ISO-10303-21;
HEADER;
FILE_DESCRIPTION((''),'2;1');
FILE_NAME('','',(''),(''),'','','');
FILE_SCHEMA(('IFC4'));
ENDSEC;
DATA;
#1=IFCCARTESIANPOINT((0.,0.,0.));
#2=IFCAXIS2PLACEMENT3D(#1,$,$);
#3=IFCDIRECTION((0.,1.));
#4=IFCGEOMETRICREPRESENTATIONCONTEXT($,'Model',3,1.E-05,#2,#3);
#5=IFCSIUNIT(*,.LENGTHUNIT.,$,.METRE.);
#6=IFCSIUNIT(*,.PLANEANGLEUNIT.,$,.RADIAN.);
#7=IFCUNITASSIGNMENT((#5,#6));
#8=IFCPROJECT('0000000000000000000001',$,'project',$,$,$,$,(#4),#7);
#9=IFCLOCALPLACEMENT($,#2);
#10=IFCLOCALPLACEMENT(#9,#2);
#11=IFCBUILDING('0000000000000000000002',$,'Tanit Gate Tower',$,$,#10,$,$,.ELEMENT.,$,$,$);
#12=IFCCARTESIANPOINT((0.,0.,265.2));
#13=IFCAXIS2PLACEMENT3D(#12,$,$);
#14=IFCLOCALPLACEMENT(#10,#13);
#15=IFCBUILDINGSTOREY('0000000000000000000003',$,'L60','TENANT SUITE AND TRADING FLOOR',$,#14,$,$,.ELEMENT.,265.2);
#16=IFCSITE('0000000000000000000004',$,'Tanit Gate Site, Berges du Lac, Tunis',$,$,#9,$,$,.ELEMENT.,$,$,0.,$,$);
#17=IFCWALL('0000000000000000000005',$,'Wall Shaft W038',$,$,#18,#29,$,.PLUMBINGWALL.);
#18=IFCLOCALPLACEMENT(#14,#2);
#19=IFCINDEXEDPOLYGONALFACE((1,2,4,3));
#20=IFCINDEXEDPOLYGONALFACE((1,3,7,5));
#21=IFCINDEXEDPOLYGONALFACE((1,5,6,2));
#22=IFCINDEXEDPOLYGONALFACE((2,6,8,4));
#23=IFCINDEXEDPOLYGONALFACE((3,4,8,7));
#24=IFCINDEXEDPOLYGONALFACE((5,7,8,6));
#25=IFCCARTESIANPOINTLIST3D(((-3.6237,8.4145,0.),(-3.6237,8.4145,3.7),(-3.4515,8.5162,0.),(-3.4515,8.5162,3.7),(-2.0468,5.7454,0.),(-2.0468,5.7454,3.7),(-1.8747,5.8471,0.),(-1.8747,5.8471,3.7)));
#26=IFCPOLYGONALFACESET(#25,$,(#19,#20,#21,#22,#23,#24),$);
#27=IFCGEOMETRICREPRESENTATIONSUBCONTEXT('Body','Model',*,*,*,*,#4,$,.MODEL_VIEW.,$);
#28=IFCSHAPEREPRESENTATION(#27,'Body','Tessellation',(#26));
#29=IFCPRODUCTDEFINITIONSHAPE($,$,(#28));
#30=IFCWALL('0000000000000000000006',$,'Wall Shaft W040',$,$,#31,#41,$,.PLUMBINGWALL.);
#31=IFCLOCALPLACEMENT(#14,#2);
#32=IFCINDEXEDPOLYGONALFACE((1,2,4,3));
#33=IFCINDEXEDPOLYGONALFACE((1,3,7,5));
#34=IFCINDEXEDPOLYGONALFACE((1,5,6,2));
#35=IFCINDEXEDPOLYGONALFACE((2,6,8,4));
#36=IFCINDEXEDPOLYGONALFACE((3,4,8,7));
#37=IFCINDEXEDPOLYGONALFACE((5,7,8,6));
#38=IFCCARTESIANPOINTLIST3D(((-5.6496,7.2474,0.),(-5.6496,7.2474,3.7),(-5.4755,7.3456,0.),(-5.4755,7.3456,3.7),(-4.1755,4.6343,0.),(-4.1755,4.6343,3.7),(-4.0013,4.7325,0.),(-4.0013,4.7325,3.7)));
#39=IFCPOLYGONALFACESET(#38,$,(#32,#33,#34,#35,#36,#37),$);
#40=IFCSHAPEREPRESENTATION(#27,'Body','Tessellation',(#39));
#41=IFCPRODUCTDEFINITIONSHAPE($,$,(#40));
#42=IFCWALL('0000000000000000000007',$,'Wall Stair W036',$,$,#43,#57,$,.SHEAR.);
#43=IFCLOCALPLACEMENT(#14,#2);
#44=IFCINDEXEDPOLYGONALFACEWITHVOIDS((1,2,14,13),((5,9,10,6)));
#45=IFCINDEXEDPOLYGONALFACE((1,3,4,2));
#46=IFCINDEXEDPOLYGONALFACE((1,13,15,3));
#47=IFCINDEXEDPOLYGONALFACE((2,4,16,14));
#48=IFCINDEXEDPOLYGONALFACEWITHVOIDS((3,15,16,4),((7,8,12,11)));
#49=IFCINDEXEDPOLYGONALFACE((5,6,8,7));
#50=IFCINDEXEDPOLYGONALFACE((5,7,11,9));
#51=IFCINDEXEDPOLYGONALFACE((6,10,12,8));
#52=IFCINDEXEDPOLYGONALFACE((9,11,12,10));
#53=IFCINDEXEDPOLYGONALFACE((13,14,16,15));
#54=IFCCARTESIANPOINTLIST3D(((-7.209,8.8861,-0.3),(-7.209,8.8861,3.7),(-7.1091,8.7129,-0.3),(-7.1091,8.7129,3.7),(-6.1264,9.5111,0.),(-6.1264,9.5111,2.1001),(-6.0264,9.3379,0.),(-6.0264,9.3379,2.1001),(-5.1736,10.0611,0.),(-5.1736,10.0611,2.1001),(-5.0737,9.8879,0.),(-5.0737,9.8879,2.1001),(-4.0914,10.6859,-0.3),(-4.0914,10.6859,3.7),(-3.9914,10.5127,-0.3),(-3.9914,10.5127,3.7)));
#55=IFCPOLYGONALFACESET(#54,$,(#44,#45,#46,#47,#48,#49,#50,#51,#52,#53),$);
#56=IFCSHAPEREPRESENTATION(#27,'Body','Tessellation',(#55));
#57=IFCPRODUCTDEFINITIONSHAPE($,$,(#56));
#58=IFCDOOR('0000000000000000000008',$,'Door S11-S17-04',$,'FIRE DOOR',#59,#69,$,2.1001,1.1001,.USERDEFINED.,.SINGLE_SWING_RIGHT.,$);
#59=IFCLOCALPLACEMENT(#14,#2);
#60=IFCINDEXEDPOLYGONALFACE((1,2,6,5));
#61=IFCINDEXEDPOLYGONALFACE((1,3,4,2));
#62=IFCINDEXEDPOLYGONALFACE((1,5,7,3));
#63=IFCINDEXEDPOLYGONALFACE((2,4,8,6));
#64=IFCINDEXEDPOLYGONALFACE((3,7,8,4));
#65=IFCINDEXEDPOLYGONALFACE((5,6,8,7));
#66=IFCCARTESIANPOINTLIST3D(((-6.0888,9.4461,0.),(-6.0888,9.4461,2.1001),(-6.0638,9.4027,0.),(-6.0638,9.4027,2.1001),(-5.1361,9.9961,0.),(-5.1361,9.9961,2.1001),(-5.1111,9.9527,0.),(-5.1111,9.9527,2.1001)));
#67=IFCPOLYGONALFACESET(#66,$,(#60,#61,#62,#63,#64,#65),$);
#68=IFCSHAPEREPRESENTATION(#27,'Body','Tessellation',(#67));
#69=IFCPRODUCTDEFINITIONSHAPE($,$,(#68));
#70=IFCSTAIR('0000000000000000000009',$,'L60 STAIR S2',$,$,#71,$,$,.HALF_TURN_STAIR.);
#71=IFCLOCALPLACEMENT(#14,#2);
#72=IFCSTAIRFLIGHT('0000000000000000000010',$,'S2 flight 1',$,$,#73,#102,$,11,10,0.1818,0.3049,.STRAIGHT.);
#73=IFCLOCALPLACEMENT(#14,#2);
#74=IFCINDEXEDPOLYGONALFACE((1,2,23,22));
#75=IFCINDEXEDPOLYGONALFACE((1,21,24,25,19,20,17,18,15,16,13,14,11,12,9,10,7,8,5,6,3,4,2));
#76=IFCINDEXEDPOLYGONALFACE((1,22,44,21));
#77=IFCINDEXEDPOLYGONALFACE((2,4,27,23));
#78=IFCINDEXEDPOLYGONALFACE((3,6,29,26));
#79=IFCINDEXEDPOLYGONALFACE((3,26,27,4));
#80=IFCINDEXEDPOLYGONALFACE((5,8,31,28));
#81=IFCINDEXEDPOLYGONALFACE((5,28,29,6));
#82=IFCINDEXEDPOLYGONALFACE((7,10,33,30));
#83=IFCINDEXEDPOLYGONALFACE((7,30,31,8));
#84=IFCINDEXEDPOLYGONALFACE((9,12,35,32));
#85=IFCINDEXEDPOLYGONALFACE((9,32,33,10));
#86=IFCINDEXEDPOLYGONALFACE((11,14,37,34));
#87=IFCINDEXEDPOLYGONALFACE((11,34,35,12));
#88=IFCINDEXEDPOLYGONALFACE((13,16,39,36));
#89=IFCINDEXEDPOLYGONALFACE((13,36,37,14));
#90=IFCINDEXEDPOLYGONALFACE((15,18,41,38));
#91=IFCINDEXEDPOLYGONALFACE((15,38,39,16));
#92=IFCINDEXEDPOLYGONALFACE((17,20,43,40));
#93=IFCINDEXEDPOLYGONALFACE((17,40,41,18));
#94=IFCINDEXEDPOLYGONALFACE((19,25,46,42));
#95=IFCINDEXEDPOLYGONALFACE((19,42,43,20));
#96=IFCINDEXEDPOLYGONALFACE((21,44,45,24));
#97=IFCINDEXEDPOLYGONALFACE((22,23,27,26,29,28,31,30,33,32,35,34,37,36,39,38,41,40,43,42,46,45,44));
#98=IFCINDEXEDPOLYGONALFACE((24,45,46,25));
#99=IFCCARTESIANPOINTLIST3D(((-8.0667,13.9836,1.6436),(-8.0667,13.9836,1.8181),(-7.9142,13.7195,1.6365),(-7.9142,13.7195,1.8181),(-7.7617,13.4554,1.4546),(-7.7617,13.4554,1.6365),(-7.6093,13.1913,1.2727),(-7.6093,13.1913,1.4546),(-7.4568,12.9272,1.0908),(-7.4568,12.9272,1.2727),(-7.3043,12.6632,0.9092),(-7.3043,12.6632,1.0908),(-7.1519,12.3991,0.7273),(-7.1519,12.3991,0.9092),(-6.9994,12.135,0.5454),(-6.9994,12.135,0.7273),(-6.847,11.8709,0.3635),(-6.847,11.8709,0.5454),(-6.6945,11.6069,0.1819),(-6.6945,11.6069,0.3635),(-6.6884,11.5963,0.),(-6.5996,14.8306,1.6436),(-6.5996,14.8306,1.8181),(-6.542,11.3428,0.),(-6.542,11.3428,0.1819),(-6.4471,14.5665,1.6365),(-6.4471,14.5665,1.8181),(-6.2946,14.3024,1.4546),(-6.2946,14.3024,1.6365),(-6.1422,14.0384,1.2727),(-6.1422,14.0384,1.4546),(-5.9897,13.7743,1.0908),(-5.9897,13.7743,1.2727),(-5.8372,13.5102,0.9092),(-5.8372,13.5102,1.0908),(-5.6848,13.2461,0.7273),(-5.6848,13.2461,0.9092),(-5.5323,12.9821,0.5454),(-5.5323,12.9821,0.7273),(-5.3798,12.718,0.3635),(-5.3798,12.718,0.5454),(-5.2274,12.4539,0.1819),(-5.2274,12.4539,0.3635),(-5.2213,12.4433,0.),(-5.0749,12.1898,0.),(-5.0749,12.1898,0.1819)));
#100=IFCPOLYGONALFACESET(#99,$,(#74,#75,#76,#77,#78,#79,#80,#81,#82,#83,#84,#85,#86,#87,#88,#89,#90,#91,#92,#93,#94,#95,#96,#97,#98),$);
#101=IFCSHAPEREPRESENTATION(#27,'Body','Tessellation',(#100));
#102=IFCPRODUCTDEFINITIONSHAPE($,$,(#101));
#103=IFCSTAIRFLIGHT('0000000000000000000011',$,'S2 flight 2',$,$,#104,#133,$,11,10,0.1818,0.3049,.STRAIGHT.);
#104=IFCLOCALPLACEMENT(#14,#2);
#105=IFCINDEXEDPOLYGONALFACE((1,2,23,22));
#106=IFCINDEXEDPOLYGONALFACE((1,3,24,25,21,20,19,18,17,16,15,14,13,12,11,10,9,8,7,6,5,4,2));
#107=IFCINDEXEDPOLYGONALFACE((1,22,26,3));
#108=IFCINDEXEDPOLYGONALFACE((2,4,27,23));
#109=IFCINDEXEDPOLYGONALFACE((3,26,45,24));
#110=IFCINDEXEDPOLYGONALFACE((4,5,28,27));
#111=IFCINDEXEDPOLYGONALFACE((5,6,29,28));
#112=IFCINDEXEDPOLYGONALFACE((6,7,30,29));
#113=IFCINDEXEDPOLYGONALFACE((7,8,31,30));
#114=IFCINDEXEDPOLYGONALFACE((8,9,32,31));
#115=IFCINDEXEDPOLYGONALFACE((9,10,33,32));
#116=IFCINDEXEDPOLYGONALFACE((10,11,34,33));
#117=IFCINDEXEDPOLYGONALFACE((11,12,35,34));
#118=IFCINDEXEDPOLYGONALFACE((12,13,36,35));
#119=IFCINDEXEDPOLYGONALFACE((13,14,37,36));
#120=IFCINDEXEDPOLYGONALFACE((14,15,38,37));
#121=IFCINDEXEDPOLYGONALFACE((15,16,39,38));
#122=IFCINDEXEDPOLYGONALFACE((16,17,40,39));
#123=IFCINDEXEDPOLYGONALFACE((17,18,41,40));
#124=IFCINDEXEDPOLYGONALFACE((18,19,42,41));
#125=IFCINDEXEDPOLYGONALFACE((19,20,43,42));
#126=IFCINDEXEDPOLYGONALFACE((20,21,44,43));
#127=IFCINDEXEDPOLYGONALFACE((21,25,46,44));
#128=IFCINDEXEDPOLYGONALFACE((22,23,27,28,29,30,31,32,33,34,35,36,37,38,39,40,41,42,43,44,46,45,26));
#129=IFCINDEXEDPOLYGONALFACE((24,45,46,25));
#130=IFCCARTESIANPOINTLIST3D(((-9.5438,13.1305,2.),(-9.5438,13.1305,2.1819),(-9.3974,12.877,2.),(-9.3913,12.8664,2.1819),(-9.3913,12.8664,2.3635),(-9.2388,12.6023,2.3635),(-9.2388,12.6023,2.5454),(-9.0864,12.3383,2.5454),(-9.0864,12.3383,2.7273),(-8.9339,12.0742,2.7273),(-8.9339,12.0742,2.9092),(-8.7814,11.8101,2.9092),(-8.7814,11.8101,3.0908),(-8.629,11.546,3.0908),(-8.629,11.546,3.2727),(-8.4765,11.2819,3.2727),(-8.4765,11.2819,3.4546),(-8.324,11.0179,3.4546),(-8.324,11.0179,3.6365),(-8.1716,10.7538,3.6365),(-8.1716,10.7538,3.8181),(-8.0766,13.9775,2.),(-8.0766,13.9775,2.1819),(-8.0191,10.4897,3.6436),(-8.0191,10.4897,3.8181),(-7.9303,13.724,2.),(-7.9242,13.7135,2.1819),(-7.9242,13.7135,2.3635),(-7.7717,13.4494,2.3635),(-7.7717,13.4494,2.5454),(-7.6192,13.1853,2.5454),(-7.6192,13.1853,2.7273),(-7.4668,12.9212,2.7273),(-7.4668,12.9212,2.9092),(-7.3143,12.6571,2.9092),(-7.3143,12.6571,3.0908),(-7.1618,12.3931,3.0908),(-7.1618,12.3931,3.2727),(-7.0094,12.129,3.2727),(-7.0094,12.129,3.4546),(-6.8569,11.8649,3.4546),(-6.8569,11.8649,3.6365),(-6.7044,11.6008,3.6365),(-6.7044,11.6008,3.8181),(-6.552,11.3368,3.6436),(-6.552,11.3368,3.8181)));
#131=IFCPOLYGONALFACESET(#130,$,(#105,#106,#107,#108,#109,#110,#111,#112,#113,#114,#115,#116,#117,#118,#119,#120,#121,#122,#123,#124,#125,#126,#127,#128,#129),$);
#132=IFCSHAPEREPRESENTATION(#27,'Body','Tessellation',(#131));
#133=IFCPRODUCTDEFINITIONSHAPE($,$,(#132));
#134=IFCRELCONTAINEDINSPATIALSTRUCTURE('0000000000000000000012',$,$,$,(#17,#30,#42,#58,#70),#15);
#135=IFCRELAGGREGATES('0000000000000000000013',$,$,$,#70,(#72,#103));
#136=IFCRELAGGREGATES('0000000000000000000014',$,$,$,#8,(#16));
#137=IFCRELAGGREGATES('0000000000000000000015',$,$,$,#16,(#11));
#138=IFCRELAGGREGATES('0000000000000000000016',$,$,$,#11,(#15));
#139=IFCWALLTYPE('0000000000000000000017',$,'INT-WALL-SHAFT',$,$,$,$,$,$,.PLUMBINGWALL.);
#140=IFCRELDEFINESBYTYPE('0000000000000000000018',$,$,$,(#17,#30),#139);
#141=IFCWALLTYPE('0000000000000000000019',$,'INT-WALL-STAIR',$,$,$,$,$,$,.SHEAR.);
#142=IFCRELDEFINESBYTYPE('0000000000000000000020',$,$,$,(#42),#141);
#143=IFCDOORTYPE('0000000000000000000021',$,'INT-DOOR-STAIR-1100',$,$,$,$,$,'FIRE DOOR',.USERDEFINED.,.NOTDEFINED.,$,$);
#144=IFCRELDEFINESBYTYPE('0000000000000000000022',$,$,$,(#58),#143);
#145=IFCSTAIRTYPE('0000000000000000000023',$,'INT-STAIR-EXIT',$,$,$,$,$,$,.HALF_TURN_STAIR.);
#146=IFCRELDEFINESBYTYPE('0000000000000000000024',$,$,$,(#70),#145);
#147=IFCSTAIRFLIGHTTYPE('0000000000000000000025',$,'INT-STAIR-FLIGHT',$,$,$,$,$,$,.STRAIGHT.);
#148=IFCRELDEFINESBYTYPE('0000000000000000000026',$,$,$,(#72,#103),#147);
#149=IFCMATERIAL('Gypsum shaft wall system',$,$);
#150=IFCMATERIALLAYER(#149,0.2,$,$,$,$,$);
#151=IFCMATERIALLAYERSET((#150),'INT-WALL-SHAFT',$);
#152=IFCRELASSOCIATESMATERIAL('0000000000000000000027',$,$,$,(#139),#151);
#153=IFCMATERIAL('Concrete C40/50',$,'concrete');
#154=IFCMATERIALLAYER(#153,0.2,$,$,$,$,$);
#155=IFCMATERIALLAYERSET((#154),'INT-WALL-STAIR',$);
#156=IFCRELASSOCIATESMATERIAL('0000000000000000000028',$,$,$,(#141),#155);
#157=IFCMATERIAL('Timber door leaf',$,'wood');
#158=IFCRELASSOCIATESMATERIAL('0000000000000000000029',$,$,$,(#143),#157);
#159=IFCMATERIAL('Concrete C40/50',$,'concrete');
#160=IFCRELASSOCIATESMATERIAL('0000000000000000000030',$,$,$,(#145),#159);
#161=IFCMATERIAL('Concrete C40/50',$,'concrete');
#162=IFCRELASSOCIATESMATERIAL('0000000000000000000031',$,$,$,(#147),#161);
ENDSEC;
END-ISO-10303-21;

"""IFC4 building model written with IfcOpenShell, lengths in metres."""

from ifc_helpers import new_model, si_unit, direction, frame, frame_2d, origin, place, context, subcontext, project, spatial, polyline, rectangle, outline, extrude, material, layer, layer_set, type_object, element, fill, aggregate, save


model = new_model("IFC4")

# Units and contexts
model_context = context("Model", 3, precision=1e-05, world=origin(), true_north=direction((0.0, 1.0)))
body_context = subcontext(model_context, "Body", "Model", "MODEL_VIEW")
ifc_project = project(units=[si_unit("LENGTHUNIT", "METRE"), si_unit("PLANEANGLEUNIT", "RADIAN")], contexts=[model_context])

# Site, building, storey
site_placement = place(None, origin())
site = spatial("IfcSite", under=ifc_project, at=site_placement, Name="Tanit Gate Site, Berges du Lac, Tunis", CompositionType="ELEMENT", RefElevation=0.0)
building_placement = place(site_placement, origin())
building = spatial("IfcBuilding", under=site, at=building_placement, Name="Tanit Gate Tower", CompositionType="ELEMENT")
storey_placement = place(building_placement, frame((0.0, 0.0, 265.2)))
storey = spatial("IfcBuildingStorey", under=building, at=storey_placement, Name="L60", Description="TENANT SUITE AND TRADING FLOOR", CompositionType="ELEMENT", Elevation=265.2)

# Shared definitions
ifc_material_1 = material(Name="Gypsum shaft wall system")
ifc_layer_1 = layer(ifc_material_1, 0.2)
ifc_layer_set_1 = layer_set([ifc_layer_1], Name="INT-WALL-SHAFT")
wall_type_1 = type_object("IfcWallType", Name="INT-WALL-SHAFT", PredefinedType="PLUMBINGWALL", material=ifc_layer_set_1)

# Walls
wall_1_placement = place(storey_placement, frame((-3.5376, 8.4653, 0.0), z_axis=(0.0, 0.0, 1.0), x_axis=(0.508647, -0.860975, 0.0)))
element("IfcWall", 1, at=wall_1_placement, inside=storey, type_object=wall_type_1, Name="Wall Shaft W038", PredefinedType="PLUMBINGWALL", context=body_context, shape_type="SweptSolid", body=[
    extrude(rectangle(XDim=3.1001, YDim=0.2, at=frame_2d((1.55, 0.0))), origin(), (0.0, 0.0, 1.0), 3.7),
])
wall_2_placement = place(storey_placement, frame((-5.5625, 7.2964, 0.0), z_axis=(0.0, 0.0, 1.0), x_axis=(0.491347, -0.870964, 0.0)))
element("IfcWall", 2, at=wall_2_placement, inside=storey, type_object=wall_type_1, Name="Wall Shaft W040", PredefinedType="PLUMBINGWALL", context=body_context, shape_type="SweptSolid", body=[
    extrude(rectangle(XDim=3.0002, YDim=0.2, at=frame_2d((1.5, 0.0))), origin(), (0.0, 0.0, 1.0), 3.7),
])

# Wall, opening, door
ifc_material_2 = material(Name="Concrete C40/50", Category="concrete")
ifc_layer_2 = layer(ifc_material_2, 0.2)
ifc_layer_set_2 = layer_set([ifc_layer_2], Name="INT-WALL-STAIR")
wall_type_2 = type_object("IfcWallType", Name="INT-WALL-STAIR", PredefinedType="SHEAR", material=ifc_layer_set_2)
wall_3_placement = place(storey_placement, frame((-7.1589, 8.7996, -0.3), z_axis=(0.0, 0.0, 1.0), x_axis=(0.866048, 0.499961, 0.0)))
wall_3 = element("IfcWall", 3, at=wall_3_placement, inside=storey, type_object=wall_type_2, Name="Wall Stair W036", PredefinedType="SHEAR", context=body_context, shape_type="SweptSolid", body=[
    extrude(rectangle(XDim=3.5999, YDim=0.2, at=frame_2d((1.7998, 0.0))), origin(), (0.0, 0.0, 1.0), 4.0),
])
opening_1_placement = place(wall_3_placement, frame((1.25, 0.0, 0.3)))
opening_1 = element("IfcOpeningElement", 4, at=opening_1_placement, cuts=wall_3, PredefinedType="OPENING", context=body_context, shape_type="SweptSolid", body=[
    extrude(rectangle(XDim=1.1001, YDim=2.1001, at=frame_2d((0.55, 1.05))), frame((0.0, 0.1099, 0.0), z_axis=(0.0, -1.0, 0.0), x_axis=(1.0, 0.0, 0.0)), (0.0, 0.0, 1.0), 0.22),
])
ifc_material_3 = material(Name="Timber door leaf", Category="wood")
door_type_1 = type_object("IfcDoorType", Name="INT-DOOR-STAIR-1100", ElementType="FIRE DOOR", OperationType="NOTDEFINED", PredefinedType="USERDEFINED", material=ifc_material_3)
door_1_placement = place(opening_1_placement, origin())
door_1 = element("IfcDoor", 5, at=door_1_placement, inside=storey, type_object=door_type_1, Name="Door S11-S17-04", ObjectType="FIRE DOOR", OperationType="SINGLE_SWING_RIGHT", OverallHeight=2.1001, OverallWidth=1.1001, PredefinedType="USERDEFINED", context=body_context, shape_type="SweptSolid", body=[
    extrude(rectangle(XDim=1.1001, YDim=2.1001, at=frame_2d((0.55, 1.05))), frame((0.0, 0.0249, 0.0), z_axis=(0.0, -1.0, 0.0), x_axis=(1.0, 0.0, 0.0)), (0.0, 0.0, 1.0), 0.05),
])
fill(opening_1, door_1)

# Stair, stair flights
ifc_material_4 = material(Name="Concrete C40/50", Category="concrete")
stair_type = type_object("IfcStairType", Name="INT-STAIR-EXIT", PredefinedType="HALF_TURN_STAIR", material=ifc_material_4)
stair_placement = place(storey_placement, origin())
stair = element("IfcStair", 6, at=stair_placement, inside=storey, type_object=stair_type, Name="L60 STAIR S2", PredefinedType="HALF_TURN_STAIR")
ifc_material_5 = material(Name="Concrete C40/50", Category="concrete")
stair_flight_type = type_object("IfcStairFlightType", Name="INT-STAIR-FLIGHT", PredefinedType="STRAIGHT", material=ifc_material_5)
stair_flight_1_placement = place(storey_placement, frame((-5.8083, 11.7664, 0.0), z_axis=(0.0, 0.0, 1.0), x_axis=(-0.5, 0.866025, 0.0)))
stair_flight_1 = element("IfcStairFlight", 7, at=stair_flight_1_placement, type_object=stair_flight_type, Name="S2 flight 1", NumberOfRisers=11, NumberOfTreads=10, PredefinedType="STRAIGHT", RiserHeight=0.1818, TreadLength=0.3049, context=body_context, shape_type="SweptSolid", body=[
    extrude(outline(polyline([(0.0, 0.0), (0.0, 0.1819), (0.3049, 0.1819), (0.3049, 0.3635), (0.6099, 0.3635), (0.6099, 0.5454), (0.9148, 0.5454), (0.9148, 0.7273), (1.2197, 0.7273), (1.2197, 0.9092), (1.5247, 0.9092), (1.5247, 1.0908), (1.8296, 1.0908), (1.8296, 1.2727), (2.1345, 1.2727), (2.1345, 1.4546), (2.4395, 1.4546), (2.4395, 1.6365), (2.7444, 1.6365), (2.7444, 1.8181), (3.0493, 1.8181), (3.0493, 2.0), (3.0493, 1.6436), (0.2927, 0.0), (0.0, 0.0)])), frame((0.0, 0.8472, 0.0), z_axis=(0.0, -1.0, 0.0), x_axis=(1.0, 0.0, 0.0)), (0.0, 0.0, 1.0), 1.6941),
])
stair_flight_2_placement = place(storey_placement, frame((-8.8103, 13.554, 2.0), z_axis=(0.0, 0.0, 1.0), x_axis=(0.5, -0.866025, 0.0)))
stair_flight_2 = element("IfcStairFlight", 8, at=stair_flight_2_placement, type_object=stair_flight_type, Name="S2 flight 2", NumberOfRisers=11, NumberOfTreads=10, PredefinedType="STRAIGHT", RiserHeight=0.1818, TreadLength=0.3049, context=body_context, shape_type="SweptSolid", body=[
    extrude(outline(polyline([(0.0, 0.0), (0.0, 0.1819), (0.3049, 0.1819), (0.3049, 0.3635), (0.6099, 0.3635), (0.6099, 0.5454), (0.9148, 0.5454), (0.9148, 0.7273), (1.2197, 0.7273), (1.2197, 0.9092), (1.5247, 0.9092), (1.5247, 1.0908), (1.8296, 1.0908), (1.8296, 1.2727), (2.1345, 1.2727), (2.1345, 1.4546), (2.4395, 1.4546), (2.4395, 1.6365), (2.7444, 1.6365), (2.7444, 1.8181), (3.0493, 1.8181), (3.0493, 2.0), (3.0493, 1.6436), (0.2927, 0.0), (0.0, 0.0)])), frame((0.0, 0.8472, 0.0), z_axis=(0.0, -1.0, 0.0), x_axis=(1.0, 0.0, 0.0)), (0.0, 0.0, 1.0), 1.6941),
])
aggregate(stair, [stair_flight_1, stair_flight_2])

save(model, "model.ifc")
